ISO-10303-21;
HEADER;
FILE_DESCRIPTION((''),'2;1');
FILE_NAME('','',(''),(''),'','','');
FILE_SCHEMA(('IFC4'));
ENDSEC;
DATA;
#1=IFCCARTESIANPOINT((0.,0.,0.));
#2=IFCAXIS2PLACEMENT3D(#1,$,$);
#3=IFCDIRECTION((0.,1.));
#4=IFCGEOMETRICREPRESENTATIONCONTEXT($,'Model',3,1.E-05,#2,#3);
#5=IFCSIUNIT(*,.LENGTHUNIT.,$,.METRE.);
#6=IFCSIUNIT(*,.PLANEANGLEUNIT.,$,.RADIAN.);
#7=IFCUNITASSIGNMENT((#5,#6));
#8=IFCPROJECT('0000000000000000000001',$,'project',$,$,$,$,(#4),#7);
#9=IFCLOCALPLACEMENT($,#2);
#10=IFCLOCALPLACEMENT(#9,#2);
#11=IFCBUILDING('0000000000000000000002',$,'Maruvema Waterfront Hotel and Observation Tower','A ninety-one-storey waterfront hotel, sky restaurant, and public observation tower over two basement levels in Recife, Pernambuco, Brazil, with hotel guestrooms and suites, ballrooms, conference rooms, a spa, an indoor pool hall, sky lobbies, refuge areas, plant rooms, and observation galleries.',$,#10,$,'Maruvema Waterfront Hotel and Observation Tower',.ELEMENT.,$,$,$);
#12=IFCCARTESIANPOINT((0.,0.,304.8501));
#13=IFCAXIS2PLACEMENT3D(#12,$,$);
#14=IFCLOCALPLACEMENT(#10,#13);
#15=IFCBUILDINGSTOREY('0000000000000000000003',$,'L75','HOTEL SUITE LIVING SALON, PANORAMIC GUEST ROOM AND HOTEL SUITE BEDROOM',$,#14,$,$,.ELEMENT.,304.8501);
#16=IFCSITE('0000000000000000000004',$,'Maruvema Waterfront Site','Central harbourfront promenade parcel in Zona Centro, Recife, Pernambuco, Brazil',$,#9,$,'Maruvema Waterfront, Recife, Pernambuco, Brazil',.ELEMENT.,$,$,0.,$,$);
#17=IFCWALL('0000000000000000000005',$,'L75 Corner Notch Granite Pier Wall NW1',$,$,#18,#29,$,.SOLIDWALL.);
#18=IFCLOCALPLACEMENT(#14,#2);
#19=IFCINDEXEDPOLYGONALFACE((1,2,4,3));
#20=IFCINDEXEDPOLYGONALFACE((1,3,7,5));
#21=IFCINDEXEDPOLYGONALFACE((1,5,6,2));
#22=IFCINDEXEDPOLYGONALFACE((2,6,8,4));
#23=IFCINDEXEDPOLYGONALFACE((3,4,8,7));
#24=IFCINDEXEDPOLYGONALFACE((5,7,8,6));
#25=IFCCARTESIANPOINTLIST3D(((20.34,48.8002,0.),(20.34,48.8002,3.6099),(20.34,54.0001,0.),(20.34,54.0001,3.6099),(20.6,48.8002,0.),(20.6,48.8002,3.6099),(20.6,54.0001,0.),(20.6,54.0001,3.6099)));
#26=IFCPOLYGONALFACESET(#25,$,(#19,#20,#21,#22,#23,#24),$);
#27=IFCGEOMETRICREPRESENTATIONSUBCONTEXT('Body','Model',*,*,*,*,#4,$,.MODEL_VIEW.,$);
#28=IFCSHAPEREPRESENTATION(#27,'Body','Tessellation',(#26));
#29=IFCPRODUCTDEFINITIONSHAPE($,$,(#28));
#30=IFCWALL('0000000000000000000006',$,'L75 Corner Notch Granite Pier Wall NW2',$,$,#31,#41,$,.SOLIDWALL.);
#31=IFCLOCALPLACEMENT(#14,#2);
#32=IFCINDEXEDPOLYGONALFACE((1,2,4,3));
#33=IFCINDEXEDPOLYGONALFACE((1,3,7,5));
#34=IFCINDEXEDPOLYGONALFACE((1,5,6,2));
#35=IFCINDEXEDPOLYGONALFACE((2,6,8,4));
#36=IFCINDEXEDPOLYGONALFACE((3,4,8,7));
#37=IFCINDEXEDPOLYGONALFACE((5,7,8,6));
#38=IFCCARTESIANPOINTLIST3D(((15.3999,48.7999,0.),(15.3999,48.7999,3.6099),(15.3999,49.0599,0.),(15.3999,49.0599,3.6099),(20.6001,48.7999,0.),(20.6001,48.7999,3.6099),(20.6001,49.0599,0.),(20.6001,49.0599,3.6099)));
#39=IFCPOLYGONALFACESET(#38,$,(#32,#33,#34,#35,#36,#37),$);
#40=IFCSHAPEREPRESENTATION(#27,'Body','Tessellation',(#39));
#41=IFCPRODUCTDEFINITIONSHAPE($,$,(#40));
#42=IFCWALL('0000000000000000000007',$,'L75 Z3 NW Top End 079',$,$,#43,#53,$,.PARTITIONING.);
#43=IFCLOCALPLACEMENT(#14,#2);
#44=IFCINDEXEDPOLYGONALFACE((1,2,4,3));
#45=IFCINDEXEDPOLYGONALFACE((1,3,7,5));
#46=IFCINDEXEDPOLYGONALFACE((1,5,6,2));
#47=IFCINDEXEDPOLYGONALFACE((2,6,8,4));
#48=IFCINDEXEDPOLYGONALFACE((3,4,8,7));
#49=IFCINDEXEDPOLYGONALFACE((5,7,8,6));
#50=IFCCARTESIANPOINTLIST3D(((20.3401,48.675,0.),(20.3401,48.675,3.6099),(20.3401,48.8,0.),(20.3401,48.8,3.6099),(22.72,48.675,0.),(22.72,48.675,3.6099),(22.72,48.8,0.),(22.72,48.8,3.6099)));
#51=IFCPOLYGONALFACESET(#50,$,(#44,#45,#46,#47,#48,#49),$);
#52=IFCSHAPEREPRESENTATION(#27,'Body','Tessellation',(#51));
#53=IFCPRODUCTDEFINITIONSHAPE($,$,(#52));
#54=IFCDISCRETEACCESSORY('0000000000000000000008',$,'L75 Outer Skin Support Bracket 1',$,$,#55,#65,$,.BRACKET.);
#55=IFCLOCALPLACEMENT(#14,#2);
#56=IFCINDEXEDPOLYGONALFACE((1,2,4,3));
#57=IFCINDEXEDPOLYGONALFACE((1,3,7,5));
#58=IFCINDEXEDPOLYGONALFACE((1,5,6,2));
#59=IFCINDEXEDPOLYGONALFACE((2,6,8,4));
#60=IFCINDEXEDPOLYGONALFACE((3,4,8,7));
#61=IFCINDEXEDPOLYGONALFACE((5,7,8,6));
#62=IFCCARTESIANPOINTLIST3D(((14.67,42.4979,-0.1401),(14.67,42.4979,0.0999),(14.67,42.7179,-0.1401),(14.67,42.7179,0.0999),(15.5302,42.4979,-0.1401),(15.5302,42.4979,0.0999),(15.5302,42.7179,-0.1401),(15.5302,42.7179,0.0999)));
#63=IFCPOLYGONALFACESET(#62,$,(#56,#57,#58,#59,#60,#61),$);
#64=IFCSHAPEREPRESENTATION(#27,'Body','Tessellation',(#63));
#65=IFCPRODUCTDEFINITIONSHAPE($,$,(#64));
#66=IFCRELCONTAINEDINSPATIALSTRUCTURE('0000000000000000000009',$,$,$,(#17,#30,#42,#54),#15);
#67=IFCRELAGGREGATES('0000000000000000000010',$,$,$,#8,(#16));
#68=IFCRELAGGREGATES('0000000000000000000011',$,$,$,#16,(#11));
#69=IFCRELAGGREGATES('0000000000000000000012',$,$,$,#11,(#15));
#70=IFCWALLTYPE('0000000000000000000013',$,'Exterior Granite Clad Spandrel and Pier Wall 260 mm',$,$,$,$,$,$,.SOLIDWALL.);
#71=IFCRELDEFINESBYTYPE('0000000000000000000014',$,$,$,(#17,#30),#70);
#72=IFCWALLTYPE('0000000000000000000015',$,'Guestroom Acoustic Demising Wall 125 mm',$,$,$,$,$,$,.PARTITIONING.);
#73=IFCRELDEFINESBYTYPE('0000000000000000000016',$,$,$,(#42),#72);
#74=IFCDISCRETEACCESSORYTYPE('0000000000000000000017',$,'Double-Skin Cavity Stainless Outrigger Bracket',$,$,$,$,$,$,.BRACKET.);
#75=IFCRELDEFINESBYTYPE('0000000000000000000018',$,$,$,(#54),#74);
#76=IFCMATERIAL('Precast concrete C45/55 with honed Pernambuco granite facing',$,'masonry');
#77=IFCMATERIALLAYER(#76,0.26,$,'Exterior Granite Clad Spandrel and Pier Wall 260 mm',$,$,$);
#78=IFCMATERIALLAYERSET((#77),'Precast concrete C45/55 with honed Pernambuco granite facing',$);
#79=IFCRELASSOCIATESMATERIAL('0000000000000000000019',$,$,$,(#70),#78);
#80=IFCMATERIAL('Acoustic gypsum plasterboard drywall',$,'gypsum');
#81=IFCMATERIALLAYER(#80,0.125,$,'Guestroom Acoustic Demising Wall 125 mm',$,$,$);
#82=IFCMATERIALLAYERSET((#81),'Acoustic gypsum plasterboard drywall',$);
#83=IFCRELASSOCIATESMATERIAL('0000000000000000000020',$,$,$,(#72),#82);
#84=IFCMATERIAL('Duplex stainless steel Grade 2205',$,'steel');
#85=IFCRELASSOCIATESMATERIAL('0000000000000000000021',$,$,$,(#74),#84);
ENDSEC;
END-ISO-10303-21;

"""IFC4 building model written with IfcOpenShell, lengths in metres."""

from ifc_helpers import new_model, si_unit, direction, frame, frame_2d, origin, origin_2d, place, context, subcontext, project, spatial, rectangle, extrude, material, layer, layer_set, type_object, element, save


model = new_model("IFC4")

# Units and contexts
model_context = context("Model", 3, precision=1e-05, world=origin(), true_north=direction((0.0, 1.0)))
body_context = subcontext(model_context, "Body", "Model", "MODEL_VIEW")
ifc_project = project(units=[si_unit("LENGTHUNIT", "METRE"), si_unit("PLANEANGLEUNIT", "RADIAN")], contexts=[model_context])

# Site, building, storey
site_placement = place(None, origin())
site = spatial("IfcSite", under=ifc_project, at=site_placement, Name="Maruvema Waterfront Site", Description="Central harbourfront promenade parcel in Zona Centro, Recife, Pernambuco, Brazil", LongName="Maruvema Waterfront, Recife, Pernambuco, Brazil", CompositionType="ELEMENT", RefElevation=0.0)
building_placement = place(site_placement, origin())
building = spatial("IfcBuilding", under=site, at=building_placement, Name="Maruvema Waterfront Hotel and Observation Tower", Description="A ninety-one-storey waterfront hotel, sky restaurant, and public observation tower over two basement levels in Recife, Pernambuco, Brazil, with hotel guestrooms and suites, ballrooms, conference rooms, a spa, an indoor pool hall, sky lobbies, refuge areas, plant rooms, and observation galleries.", LongName="Maruvema Waterfront Hotel and Observation Tower", CompositionType="ELEMENT")
storey_placement = place(building_placement, frame((0.0, 0.0, 304.8501)))
storey = spatial("IfcBuildingStorey", under=building, at=storey_placement, Name="L75", Description="HOTEL SUITE LIVING SALON, PANORAMIC GUEST ROOM AND HOTEL SUITE BEDROOM", CompositionType="ELEMENT", Elevation=304.8501)

# Walls
ifc_material_1 = material(Name="Precast concrete C45/55 with honed Pernambuco granite facing", Category="masonry")
ifc_layer_1 = layer(ifc_material_1, 0.26, Name="Exterior Granite Clad Spandrel and Pier Wall 260 mm")
ifc_layer_set_1 = layer_set([ifc_layer_1], Name="Precast concrete C45/55 with honed Pernambuco granite facing")
wall_type_1 = type_object("IfcWallType", Name="Exterior Granite Clad Spandrel and Pier Wall 260 mm", PredefinedType="SOLIDWALL", material=ifc_layer_set_1)
wall_1_placement = place(storey_placement, frame((20.47, 48.8, 0.0), z_axis=(0.0, 0.0, 1.0), x_axis=(0.0, 1.0, 0.0)))
element("IfcWall", 1, at=wall_1_placement, inside=storey, type_object=wall_type_1, Name="L75 Corner Notch Granite Pier Wall NW1", PredefinedType="SOLIDWALL", context=body_context, shape_type="SweptSolid", body=[
    extrude(rectangle(XDim=5.2, YDim=0.26, at=frame_2d((2.6001, 0.0))), origin(), (0.0, 0.0, 1.0), 3.6099),
])
wall_2_placement = place(storey_placement, frame((15.3999, 48.9299, 0.0), z_axis=(0.0, 0.0, 1.0), x_axis=(1.0, 0.0, 0.0)))
element("IfcWall", 2, at=wall_2_placement, inside=storey, type_object=wall_type_1, Name="L75 Corner Notch Granite Pier Wall NW2", PredefinedType="SOLIDWALL", context=body_context, shape_type="SweptSolid", body=[
    extrude(rectangle(XDim=5.2002, YDim=0.26, at=frame_2d((2.6001, 0.0))), origin(), (0.0, 0.0, 1.0), 3.6099),
])
ifc_material_2 = material(Name="Acoustic gypsum plasterboard drywall", Category="gypsum")
ifc_layer_2 = layer(ifc_material_2, 0.125, Name="Guestroom Acoustic Demising Wall 125 mm")
ifc_layer_set_2 = layer_set([ifc_layer_2], Name="Acoustic gypsum plasterboard drywall")
wall_type_2 = type_object("IfcWallType", Name="Guestroom Acoustic Demising Wall 125 mm", PredefinedType="PARTITIONING", material=ifc_layer_set_2)
wall_3_placement = place(storey_placement, frame((20.3401, 48.7375, 0.0), z_axis=(0.0, 0.0, 1.0), x_axis=(1.0, 0.0, 0.0)))
element("IfcWall", 3, at=wall_3_placement, inside=storey, type_object=wall_type_2, Name="L75 Z3 NW Top End 079", PredefinedType="PARTITIONING", context=body_context, shape_type="SweptSolid", body=[
    extrude(rectangle(XDim=2.3799, YDim=0.125, at=frame_2d((1.1899, 0.0))), origin(), (0.0, 0.0, 1.0), 3.6099),
])

# Discrete accessory
ifc_material_3 = material(Name="Duplex stainless steel Grade 2205", Category="steel")
discrete_accessory_type = type_object("IfcDiscreteAccessoryType", Name="Double-Skin Cavity Stainless Outrigger Bracket", PredefinedType="BRACKET", material=ifc_material_3)
discrete_accessory_placement = place(storey_placement, frame((15.1001, 42.6079, -0.1401), z_axis=(0.0, 0.0, 1.0), x_axis=(0.0, -1.0, 0.0)))
element("IfcDiscreteAccessory", 4, at=discrete_accessory_placement, inside=storey, type_object=discrete_accessory_type, Name="L75 Outer Skin Support Bracket 1", PredefinedType="BRACKET", context=body_context, shape_type="SweptSolid", body=[
    extrude(rectangle(XDim=0.22, YDim=0.8601, at=origin_2d()), origin(), (0.0, 0.0, 1.0), 0.24),
])

save(model, "model.ifc")
